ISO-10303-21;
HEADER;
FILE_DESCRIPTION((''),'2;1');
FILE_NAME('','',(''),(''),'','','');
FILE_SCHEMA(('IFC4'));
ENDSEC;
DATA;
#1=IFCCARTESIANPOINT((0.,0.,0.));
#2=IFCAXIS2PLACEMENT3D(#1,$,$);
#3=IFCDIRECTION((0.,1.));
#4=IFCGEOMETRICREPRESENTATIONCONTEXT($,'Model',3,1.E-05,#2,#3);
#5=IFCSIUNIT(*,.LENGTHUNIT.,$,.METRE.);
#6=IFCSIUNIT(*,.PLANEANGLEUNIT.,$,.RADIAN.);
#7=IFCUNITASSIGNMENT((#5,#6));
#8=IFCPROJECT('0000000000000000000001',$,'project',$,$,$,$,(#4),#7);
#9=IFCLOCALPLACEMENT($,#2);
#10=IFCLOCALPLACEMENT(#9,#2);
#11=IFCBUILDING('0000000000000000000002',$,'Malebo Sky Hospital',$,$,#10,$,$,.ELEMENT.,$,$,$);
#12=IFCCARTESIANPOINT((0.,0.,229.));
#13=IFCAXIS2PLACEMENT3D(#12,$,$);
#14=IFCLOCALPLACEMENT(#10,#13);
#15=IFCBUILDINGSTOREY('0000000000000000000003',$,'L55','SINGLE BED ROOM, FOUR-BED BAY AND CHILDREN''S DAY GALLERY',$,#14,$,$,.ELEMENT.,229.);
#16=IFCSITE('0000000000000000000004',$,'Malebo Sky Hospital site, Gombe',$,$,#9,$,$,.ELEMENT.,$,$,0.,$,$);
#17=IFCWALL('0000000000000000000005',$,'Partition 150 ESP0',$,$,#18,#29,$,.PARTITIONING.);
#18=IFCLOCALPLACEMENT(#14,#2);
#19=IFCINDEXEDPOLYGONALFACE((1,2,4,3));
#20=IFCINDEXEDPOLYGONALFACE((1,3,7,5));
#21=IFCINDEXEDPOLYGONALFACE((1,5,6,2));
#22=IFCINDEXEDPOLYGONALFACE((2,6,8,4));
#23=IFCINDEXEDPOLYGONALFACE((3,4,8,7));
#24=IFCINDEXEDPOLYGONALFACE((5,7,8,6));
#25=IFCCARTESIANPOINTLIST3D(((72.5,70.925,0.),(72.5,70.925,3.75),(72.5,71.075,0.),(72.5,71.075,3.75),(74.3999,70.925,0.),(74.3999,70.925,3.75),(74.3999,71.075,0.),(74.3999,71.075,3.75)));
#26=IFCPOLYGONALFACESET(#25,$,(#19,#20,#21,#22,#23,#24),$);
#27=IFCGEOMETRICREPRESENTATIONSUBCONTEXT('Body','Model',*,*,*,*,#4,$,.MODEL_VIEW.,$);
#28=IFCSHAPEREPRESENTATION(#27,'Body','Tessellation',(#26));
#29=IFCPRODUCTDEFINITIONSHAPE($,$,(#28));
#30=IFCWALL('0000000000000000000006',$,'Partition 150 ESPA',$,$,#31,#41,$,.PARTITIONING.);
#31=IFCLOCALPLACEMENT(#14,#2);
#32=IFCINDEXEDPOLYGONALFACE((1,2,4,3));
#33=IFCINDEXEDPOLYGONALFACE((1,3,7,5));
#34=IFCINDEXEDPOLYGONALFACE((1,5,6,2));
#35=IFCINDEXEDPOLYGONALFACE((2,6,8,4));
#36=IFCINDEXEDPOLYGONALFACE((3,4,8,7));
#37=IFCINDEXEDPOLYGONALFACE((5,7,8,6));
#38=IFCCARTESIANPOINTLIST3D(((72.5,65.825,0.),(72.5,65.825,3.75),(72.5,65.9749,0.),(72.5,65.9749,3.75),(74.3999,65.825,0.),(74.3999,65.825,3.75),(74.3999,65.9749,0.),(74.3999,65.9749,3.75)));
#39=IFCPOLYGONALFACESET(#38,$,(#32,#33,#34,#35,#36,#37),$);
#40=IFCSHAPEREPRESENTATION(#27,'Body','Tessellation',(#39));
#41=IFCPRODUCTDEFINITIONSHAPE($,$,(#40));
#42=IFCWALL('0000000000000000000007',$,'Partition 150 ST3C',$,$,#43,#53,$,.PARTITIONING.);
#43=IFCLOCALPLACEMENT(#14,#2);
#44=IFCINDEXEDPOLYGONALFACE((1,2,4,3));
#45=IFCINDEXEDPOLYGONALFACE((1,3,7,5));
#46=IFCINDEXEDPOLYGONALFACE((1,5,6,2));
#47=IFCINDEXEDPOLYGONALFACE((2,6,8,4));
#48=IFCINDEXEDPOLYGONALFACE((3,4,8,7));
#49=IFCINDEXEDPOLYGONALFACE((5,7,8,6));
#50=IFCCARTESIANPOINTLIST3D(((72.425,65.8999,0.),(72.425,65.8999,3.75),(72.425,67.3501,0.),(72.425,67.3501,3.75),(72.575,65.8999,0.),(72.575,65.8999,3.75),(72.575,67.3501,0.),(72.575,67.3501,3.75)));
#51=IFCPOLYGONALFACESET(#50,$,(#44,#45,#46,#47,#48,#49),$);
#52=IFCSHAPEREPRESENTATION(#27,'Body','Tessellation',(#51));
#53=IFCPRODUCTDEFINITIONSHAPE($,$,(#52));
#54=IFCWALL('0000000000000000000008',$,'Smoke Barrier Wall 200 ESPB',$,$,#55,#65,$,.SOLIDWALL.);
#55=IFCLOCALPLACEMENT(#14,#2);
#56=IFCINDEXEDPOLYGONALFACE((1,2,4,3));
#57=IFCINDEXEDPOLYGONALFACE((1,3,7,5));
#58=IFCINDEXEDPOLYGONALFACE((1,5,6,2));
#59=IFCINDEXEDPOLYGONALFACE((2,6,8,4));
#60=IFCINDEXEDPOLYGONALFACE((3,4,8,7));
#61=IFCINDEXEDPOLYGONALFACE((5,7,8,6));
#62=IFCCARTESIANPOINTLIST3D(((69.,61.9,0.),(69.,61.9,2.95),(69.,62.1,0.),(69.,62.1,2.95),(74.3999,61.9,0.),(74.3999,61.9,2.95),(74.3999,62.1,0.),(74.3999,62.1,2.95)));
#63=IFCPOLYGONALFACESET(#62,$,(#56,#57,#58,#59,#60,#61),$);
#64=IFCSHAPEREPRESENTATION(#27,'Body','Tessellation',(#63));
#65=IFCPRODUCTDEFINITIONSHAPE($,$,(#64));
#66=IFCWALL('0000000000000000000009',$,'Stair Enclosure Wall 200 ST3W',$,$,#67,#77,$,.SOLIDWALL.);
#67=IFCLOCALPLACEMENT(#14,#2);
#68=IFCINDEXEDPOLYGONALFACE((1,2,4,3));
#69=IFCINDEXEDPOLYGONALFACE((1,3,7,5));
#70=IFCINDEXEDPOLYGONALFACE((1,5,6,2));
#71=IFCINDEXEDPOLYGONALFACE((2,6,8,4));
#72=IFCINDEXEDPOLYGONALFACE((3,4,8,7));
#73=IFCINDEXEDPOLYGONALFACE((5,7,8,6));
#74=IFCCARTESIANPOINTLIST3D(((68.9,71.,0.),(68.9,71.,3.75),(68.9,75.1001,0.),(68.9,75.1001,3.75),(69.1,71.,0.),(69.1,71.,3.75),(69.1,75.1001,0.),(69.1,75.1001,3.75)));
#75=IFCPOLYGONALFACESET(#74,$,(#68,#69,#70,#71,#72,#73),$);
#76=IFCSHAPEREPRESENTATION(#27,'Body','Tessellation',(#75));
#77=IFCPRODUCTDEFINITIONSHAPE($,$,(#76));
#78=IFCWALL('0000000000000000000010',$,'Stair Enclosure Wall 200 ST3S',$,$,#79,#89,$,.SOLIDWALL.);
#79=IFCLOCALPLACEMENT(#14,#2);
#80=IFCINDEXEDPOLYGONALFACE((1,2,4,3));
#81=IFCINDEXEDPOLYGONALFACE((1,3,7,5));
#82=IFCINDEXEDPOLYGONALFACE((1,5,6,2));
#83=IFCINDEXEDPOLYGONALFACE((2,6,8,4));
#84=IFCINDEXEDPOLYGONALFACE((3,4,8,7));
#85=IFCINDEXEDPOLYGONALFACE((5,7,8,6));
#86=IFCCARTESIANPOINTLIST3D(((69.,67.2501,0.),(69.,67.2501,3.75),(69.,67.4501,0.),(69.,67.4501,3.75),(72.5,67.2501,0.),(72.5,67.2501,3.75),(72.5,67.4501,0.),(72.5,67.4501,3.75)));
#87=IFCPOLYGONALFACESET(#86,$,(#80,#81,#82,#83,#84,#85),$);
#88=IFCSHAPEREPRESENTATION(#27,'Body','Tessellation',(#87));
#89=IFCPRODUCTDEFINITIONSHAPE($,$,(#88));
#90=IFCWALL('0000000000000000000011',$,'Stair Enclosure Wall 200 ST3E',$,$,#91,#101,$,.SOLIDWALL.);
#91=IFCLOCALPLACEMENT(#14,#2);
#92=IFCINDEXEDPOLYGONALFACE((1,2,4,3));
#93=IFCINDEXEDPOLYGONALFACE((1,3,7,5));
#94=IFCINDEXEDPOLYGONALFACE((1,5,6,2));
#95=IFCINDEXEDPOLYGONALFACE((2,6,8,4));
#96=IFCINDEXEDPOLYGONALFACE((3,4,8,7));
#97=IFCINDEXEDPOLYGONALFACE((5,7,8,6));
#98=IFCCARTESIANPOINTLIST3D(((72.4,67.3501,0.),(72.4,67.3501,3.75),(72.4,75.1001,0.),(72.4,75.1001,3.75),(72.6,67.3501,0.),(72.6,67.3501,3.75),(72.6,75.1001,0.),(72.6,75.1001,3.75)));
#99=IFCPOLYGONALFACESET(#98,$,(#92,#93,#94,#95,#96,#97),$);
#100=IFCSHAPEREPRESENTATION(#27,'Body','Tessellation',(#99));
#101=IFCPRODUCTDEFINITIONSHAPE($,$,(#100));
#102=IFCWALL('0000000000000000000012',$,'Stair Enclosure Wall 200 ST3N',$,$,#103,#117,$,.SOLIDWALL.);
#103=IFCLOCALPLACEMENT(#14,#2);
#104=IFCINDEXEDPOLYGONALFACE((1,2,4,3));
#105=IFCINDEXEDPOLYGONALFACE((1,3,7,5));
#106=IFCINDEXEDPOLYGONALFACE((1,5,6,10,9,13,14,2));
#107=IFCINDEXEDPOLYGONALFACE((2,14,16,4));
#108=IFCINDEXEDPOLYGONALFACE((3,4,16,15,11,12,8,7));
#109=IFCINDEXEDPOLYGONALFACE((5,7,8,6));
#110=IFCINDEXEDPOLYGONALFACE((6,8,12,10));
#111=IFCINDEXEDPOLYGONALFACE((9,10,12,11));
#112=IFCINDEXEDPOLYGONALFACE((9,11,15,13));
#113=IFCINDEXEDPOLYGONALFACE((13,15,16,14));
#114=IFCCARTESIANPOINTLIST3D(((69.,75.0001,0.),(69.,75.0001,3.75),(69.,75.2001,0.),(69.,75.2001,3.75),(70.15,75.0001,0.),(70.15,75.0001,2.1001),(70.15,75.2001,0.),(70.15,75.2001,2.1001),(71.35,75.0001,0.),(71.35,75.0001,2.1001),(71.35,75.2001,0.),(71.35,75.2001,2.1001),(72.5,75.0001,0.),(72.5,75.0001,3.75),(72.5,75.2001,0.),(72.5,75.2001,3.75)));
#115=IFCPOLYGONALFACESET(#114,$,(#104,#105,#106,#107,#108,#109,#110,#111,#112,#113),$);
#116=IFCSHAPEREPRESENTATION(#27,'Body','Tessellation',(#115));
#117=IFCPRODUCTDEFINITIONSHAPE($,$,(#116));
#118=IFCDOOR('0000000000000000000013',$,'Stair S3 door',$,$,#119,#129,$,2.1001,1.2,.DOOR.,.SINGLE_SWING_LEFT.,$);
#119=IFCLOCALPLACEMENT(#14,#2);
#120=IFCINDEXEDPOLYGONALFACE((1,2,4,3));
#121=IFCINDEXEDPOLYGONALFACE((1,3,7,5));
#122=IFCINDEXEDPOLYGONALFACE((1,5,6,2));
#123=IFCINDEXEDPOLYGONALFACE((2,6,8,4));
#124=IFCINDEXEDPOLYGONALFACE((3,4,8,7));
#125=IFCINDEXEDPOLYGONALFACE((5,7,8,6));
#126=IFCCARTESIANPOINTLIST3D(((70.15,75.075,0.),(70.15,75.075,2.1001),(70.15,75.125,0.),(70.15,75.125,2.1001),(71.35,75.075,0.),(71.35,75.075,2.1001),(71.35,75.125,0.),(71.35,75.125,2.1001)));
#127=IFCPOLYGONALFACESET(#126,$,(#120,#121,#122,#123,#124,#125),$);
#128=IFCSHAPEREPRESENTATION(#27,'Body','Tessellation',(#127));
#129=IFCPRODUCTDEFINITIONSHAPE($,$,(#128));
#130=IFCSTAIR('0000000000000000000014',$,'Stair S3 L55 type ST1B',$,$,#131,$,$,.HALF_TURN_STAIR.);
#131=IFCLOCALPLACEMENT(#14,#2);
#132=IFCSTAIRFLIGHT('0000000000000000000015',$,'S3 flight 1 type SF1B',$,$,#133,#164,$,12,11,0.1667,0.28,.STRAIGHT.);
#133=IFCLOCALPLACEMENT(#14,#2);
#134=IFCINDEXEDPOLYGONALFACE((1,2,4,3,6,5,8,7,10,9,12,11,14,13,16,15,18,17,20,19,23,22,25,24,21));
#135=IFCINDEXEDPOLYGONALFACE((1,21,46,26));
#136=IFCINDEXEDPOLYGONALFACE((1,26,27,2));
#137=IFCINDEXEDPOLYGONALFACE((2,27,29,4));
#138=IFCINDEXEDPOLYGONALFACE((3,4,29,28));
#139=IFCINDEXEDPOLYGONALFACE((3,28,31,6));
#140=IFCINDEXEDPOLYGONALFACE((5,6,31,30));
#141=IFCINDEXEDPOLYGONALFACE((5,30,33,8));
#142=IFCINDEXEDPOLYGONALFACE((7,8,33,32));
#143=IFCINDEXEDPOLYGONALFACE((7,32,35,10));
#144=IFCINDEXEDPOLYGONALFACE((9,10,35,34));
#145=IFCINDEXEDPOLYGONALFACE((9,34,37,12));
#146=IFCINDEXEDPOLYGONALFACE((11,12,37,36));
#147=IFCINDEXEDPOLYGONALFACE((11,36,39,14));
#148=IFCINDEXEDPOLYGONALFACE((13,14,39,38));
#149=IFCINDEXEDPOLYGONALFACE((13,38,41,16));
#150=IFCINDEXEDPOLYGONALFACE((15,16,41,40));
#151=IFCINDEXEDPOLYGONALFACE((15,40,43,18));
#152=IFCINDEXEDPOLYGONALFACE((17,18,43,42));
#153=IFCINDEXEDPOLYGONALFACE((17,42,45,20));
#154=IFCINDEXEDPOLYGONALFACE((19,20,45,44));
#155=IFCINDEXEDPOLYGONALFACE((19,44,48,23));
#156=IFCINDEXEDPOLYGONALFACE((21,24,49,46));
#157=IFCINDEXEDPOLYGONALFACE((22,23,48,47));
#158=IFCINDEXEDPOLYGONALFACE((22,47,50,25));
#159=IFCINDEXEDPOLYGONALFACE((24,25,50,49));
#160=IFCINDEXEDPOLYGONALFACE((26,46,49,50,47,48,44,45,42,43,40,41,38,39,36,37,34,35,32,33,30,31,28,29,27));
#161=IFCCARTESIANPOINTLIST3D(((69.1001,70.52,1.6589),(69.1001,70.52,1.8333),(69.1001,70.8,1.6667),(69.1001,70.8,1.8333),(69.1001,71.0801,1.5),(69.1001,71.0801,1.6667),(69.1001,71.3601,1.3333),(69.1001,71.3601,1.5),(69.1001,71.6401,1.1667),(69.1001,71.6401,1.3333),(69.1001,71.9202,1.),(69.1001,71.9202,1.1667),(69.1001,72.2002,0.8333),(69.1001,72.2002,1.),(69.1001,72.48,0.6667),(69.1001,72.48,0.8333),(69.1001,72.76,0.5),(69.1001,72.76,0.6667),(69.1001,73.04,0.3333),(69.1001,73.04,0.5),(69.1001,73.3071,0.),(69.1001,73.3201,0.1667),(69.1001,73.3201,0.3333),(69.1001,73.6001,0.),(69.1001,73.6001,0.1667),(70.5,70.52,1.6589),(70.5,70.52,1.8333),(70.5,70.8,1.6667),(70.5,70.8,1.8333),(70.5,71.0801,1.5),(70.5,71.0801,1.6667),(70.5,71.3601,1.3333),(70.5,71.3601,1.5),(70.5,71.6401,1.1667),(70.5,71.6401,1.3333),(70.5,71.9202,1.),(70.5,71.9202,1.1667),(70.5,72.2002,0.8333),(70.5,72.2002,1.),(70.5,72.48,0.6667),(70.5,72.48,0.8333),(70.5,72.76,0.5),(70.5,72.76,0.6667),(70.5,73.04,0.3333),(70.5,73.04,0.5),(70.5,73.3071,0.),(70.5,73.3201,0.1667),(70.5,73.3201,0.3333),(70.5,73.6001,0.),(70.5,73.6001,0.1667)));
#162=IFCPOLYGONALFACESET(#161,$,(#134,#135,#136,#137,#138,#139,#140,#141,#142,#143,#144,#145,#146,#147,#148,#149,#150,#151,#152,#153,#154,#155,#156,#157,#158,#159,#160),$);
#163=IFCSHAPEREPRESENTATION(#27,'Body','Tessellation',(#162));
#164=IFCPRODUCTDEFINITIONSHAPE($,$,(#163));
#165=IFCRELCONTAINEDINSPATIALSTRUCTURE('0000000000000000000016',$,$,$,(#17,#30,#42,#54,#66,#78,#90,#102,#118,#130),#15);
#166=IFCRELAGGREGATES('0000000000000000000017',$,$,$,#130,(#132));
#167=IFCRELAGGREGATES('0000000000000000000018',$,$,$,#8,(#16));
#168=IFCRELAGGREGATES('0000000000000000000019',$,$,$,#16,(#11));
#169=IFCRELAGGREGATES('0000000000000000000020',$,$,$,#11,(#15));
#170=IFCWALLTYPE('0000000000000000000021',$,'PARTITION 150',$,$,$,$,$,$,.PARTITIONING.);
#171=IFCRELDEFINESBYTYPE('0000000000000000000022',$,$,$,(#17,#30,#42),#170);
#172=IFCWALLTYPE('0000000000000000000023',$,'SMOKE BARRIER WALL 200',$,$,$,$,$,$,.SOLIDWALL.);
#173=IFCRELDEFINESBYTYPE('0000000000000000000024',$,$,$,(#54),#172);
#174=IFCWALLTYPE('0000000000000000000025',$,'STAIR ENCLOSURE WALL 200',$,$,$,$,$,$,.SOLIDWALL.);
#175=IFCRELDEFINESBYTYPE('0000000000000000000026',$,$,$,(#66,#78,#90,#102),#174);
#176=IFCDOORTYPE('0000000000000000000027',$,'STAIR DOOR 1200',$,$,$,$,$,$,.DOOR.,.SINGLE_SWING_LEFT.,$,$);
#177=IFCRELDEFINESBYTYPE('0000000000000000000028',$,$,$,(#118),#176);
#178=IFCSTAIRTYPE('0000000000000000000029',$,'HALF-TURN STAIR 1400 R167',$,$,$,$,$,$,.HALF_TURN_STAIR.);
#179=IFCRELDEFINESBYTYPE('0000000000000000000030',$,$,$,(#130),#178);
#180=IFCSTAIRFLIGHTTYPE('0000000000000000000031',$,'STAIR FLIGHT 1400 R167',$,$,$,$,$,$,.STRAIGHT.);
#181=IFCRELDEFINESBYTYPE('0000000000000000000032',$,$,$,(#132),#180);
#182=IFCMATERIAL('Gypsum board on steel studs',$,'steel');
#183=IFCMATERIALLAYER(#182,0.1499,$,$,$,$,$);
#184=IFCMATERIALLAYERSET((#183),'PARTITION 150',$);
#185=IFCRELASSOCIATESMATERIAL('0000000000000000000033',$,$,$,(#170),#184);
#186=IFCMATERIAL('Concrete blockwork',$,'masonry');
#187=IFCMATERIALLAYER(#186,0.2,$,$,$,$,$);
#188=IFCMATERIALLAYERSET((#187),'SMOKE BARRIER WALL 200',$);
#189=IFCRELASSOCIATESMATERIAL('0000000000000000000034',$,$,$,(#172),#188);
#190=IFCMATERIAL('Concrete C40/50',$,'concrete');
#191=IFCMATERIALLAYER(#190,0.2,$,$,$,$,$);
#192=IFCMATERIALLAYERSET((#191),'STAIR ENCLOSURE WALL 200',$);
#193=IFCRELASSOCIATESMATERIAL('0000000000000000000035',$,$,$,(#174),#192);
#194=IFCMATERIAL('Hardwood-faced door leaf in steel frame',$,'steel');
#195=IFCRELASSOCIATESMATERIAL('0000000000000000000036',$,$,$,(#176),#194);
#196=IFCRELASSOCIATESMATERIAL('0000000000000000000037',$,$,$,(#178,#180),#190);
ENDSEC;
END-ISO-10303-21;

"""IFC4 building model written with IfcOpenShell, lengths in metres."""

from ifc_helpers import new_model, si_unit, direction, frame, frame_2d, origin, place, context, subcontext, project, spatial, polyline, rectangle, outline, extrude, material, layer, layer_set, type_object, element, fill, aggregate, save


model = new_model("IFC4")

# Units and contexts
model_context = context("Model", 3, precision=1e-05, world=origin(), true_north=direction((0.0, 1.0)))
body_context = subcontext(model_context, "Body", "Model", "MODEL_VIEW")
ifc_project = project(units=[si_unit("LENGTHUNIT", "METRE"), si_unit("PLANEANGLEUNIT", "RADIAN")], contexts=[model_context])

# Site, building, storey
site_placement = place(None, origin())
site = spatial("IfcSite", under=ifc_project, at=site_placement, Name="Malebo Sky Hospital site, Gombe", CompositionType="ELEMENT", RefElevation=0.0)
building_placement = place(site_placement, origin())
building = spatial("IfcBuilding", under=site, at=building_placement, Name="Malebo Sky Hospital", CompositionType="ELEMENT")
storey_placement = place(building_placement, frame((0.0, 0.0, 229.0)))
storey = spatial("IfcBuildingStorey", under=building, at=storey_placement, Name="L55", Description="SINGLE BED ROOM, FOUR-BED BAY AND CHILDREN'S DAY GALLERY", CompositionType="ELEMENT", Elevation=229.0)

# Shared definitions
ifc_material_1 = material(Name="Gypsum board on steel studs", Category="steel")
ifc_material_2 = material(Name="Hardwood-faced door leaf in steel frame", Category="steel")

# Shared definitions
ifc_layer_1 = layer(ifc_material_1, 0.1499)
ifc_layer_set_1 = layer_set([ifc_layer_1], Name="PARTITION 150")
wall_type_1 = type_object("IfcWallType", Name="PARTITION 150", PredefinedType="PARTITIONING", material=ifc_layer_set_1)

# Walls
for number, where, z_axis, x_axis, name in (
    (1, (72.5, 71.0, 0.0), (0.0, 0.0, 1.0), (1.0, 0.0, 0.0), "Partition 150 ESP0"),
    (2, (72.5, 65.8999, 0.0), (0.0, 0.0, 1.0), (1.0, 0.0, 0.0), "Partition 150 ESPA"),
):
    element("IfcWall", number, at=place(storey_placement, frame(where, z_axis=z_axis, x_axis=x_axis)), inside=storey, type_object=wall_type_1, Name=name, PredefinedType="PARTITIONING", context=body_context, shape_type="SweptSolid", body=[
        extrude(rectangle(XDim=1.8999, YDim=0.1499, at=frame_2d((0.95, 0.0))), origin(), (0.0, 0.0, 1.0), 3.75),
    ])
wall_1_placement = place(storey_placement, frame((72.5, 65.8999, 0.0), z_axis=(0.0, 0.0, 1.0), x_axis=(0.0, 1.0, 0.0)))
element("IfcWall", 3, at=wall_1_placement, inside=storey, type_object=wall_type_1, Name="Partition 150 ST3C", PredefinedType="PARTITIONING", context=body_context, shape_type="SweptSolid", body=[
    extrude(rectangle(XDim=1.4502, YDim=0.1499, at=frame_2d((0.7251, 0.0))), origin(), (0.0, 0.0, 1.0), 3.75),
])
ifc_material_3 = material(Name="Concrete blockwork", Category="masonry")
ifc_layer_2 = layer(ifc_material_3, 0.2)
ifc_layer_set_2 = layer_set([ifc_layer_2], Name="SMOKE BARRIER WALL 200")
wall_type_2 = type_object("IfcWallType", Name="SMOKE BARRIER WALL 200", PredefinedType="SOLIDWALL", material=ifc_layer_set_2)
wall_2_placement = place(storey_placement, frame((69.0, 62.0, 0.0), z_axis=(0.0, 0.0, 1.0), x_axis=(1.0, 0.0, 0.0)))
element("IfcWall", 4, at=wall_2_placement, inside=storey, type_object=wall_type_2, Name="Smoke Barrier Wall 200 ESPB", PredefinedType="SOLIDWALL", context=body_context, shape_type="SweptSolid", body=[
    extrude(rectangle(XDim=5.3999, YDim=0.2, at=frame_2d((2.7, 0.0))), origin(), (0.0, 0.0, 1.0), 2.95),
])
ifc_material_4 = material(Name="Concrete C40/50", Category="concrete")
ifc_layer_3 = layer(ifc_material_4, 0.2)
ifc_layer_set_3 = layer_set([ifc_layer_3], Name="STAIR ENCLOSURE WALL 200")
wall_type_3 = type_object("IfcWallType", Name="STAIR ENCLOSURE WALL 200", PredefinedType="SOLIDWALL", material=ifc_layer_set_3)
wall_3_placement = place(storey_placement, frame((69.0, 71.0, 0.0), z_axis=(0.0, 0.0, 1.0), x_axis=(0.0, 1.0, 0.0)))
element("IfcWall", 5, at=wall_3_placement, inside=storey, type_object=wall_type_3, Name="Stair Enclosure Wall 200 ST3W", PredefinedType="SOLIDWALL", context=body_context, shape_type="SweptSolid", body=[
    extrude(rectangle(XDim=4.1001, YDim=0.2, at=frame_2d((2.05, 0.0))), origin(), (0.0, 0.0, 1.0), 3.75),
])
wall_4_placement = place(storey_placement, frame((69.0, 67.3501, 0.0), z_axis=(0.0, 0.0, 1.0), x_axis=(1.0, 0.0, 0.0)))
element("IfcWall", 6, at=wall_4_placement, inside=storey, type_object=wall_type_3, Name="Stair Enclosure Wall 200 ST3S", PredefinedType="SOLIDWALL", context=body_context, shape_type="SweptSolid", body=[
    extrude(rectangle(XDim=3.5, YDim=0.2, at=frame_2d((1.75, 0.0))), origin(), (0.0, 0.0, 1.0), 3.75),
])
wall_5_placement = place(storey_placement, frame((72.5, 67.3501, 0.0), z_axis=(0.0, 0.0, 1.0), x_axis=(0.0, 1.0, 0.0)))
element("IfcWall", 7, at=wall_5_placement, inside=storey, type_object=wall_type_3, Name="Stair Enclosure Wall 200 ST3E", PredefinedType="SOLIDWALL", context=body_context, shape_type="SweptSolid", body=[
    extrude(rectangle(XDim=7.75, YDim=0.2, at=frame_2d((3.875, 0.0))), origin(), (0.0, 0.0, 1.0), 3.75),
])

# Wall, opening, door
wall_6_placement = place(storey_placement, frame((69.0, 75.1001, 0.0), z_axis=(0.0, 0.0, 1.0), x_axis=(1.0, 0.0, 0.0)))
wall_6 = element("IfcWall", 8, at=wall_6_placement, inside=storey, type_object=wall_type_3, Name="Stair Enclosure Wall 200 ST3N", PredefinedType="SOLIDWALL", context=body_context, shape_type="SweptSolid", body=[
    extrude(rectangle(XDim=3.5, YDim=0.2, at=frame_2d((1.75, 0.0))), origin(), (0.0, 0.0, 1.0), 3.75),
])
opening_1_placement = place(wall_6_placement, frame((1.1499, 0.0, 0.0)))
opening_1 = element("IfcOpeningElement", 9, at=opening_1_placement, cuts=wall_6, PredefinedType="OPENING", context=body_context, shape_type="SweptSolid", body=[
    extrude(rectangle(XDim=1.2, YDim=2.1001, at=frame_2d((0.6001, 1.05))), frame((0.0, 0.1099, 0.0), z_axis=(0.0, -1.0, 0.0), x_axis=(1.0, 0.0, 0.0)), (0.0, 0.0, 1.0), 0.22),
])
door_type_1 = type_object("IfcDoorType", Name="STAIR DOOR 1200", OperationType="SINGLE_SWING_LEFT", PredefinedType="DOOR", material=ifc_material_2)
door_1_placement = place(opening_1_placement, origin())
door_1 = element("IfcDoor", 10, at=door_1_placement, inside=storey, type_object=door_type_1, Name="Stair S3 door", OperationType="SINGLE_SWING_LEFT", OverallHeight=2.1001, OverallWidth=1.2, PredefinedType="DOOR", context=body_context, shape_type="SweptSolid", body=[
    extrude(rectangle(XDim=1.2, YDim=2.1001, at=frame_2d((0.6001, 1.05))), frame((0.0, 0.0249, 0.0), z_axis=(0.0, -1.0, 0.0), x_axis=(1.0, 0.0, 0.0)), (0.0, 0.0, 1.0), 0.05),
])
fill(opening_1, door_1)

# Stair, stair flight
stair_type = type_object("IfcStairType", Name="HALF-TURN STAIR 1400 R167", PredefinedType="HALF_TURN_STAIR", material=ifc_material_4)
stair_placement = place(storey_placement, origin())
stair = element("IfcStair", 11, at=stair_placement, inside=storey, type_object=stair_type, Name="Stair S3 L55 type ST1B", PredefinedType="HALF_TURN_STAIR")
stair_flight_type = type_object("IfcStairFlightType", Name="STAIR FLIGHT 1400 R167", PredefinedType="STRAIGHT", material=ifc_material_4)
stair_flight_1_placement = place(storey_placement, frame((69.8, 73.6001, 0.0), z_axis=(0.0, 0.0, 1.0), x_axis=(0.0, -1.0, 0.0)))
stair_flight_1 = element("IfcStairFlight", 12, at=stair_flight_1_placement, type_object=stair_flight_type, Name="S3 flight 1 type SF1B", NumberOfRisers=12, NumberOfTreads=11, PredefinedType="STRAIGHT", RiserHeight=0.1667, TreadLength=0.28, context=body_context, shape_type="SweptSolid", body=[
    extrude(outline(polyline([(0.0, 0.0), (0.0, 0.1667), (0.28, 0.1667), (0.28, 0.3333), (0.5601, 0.3333), (0.5601, 0.5), (0.8401, 0.5), (0.8401, 0.6667), (1.1201, 0.6667), (1.1201, 0.8333), (1.3999, 0.8333), (1.3999, 1.0), (1.6799, 1.0), (1.6799, 1.1667), (1.96, 1.1667), (1.96, 1.3333), (2.24, 1.3333), (2.24, 1.5), (2.52, 1.5), (2.52, 1.6667), (2.8, 1.6667), (2.8, 1.8333), (3.0801, 1.8333), (3.0801, 2.0), (3.0801, 1.6589), (0.293, 0.0), (0.0, 0.0)])), frame((0.0, 0.7, 0.0), z_axis=(0.0, -1.0, 0.0), x_axis=(1.0, 0.0, 0.0)), (0.0, 0.0, 1.0), 1.3999),
])
aggregate(stair, [stair_flight_1])

save(model, "model.ifc")
